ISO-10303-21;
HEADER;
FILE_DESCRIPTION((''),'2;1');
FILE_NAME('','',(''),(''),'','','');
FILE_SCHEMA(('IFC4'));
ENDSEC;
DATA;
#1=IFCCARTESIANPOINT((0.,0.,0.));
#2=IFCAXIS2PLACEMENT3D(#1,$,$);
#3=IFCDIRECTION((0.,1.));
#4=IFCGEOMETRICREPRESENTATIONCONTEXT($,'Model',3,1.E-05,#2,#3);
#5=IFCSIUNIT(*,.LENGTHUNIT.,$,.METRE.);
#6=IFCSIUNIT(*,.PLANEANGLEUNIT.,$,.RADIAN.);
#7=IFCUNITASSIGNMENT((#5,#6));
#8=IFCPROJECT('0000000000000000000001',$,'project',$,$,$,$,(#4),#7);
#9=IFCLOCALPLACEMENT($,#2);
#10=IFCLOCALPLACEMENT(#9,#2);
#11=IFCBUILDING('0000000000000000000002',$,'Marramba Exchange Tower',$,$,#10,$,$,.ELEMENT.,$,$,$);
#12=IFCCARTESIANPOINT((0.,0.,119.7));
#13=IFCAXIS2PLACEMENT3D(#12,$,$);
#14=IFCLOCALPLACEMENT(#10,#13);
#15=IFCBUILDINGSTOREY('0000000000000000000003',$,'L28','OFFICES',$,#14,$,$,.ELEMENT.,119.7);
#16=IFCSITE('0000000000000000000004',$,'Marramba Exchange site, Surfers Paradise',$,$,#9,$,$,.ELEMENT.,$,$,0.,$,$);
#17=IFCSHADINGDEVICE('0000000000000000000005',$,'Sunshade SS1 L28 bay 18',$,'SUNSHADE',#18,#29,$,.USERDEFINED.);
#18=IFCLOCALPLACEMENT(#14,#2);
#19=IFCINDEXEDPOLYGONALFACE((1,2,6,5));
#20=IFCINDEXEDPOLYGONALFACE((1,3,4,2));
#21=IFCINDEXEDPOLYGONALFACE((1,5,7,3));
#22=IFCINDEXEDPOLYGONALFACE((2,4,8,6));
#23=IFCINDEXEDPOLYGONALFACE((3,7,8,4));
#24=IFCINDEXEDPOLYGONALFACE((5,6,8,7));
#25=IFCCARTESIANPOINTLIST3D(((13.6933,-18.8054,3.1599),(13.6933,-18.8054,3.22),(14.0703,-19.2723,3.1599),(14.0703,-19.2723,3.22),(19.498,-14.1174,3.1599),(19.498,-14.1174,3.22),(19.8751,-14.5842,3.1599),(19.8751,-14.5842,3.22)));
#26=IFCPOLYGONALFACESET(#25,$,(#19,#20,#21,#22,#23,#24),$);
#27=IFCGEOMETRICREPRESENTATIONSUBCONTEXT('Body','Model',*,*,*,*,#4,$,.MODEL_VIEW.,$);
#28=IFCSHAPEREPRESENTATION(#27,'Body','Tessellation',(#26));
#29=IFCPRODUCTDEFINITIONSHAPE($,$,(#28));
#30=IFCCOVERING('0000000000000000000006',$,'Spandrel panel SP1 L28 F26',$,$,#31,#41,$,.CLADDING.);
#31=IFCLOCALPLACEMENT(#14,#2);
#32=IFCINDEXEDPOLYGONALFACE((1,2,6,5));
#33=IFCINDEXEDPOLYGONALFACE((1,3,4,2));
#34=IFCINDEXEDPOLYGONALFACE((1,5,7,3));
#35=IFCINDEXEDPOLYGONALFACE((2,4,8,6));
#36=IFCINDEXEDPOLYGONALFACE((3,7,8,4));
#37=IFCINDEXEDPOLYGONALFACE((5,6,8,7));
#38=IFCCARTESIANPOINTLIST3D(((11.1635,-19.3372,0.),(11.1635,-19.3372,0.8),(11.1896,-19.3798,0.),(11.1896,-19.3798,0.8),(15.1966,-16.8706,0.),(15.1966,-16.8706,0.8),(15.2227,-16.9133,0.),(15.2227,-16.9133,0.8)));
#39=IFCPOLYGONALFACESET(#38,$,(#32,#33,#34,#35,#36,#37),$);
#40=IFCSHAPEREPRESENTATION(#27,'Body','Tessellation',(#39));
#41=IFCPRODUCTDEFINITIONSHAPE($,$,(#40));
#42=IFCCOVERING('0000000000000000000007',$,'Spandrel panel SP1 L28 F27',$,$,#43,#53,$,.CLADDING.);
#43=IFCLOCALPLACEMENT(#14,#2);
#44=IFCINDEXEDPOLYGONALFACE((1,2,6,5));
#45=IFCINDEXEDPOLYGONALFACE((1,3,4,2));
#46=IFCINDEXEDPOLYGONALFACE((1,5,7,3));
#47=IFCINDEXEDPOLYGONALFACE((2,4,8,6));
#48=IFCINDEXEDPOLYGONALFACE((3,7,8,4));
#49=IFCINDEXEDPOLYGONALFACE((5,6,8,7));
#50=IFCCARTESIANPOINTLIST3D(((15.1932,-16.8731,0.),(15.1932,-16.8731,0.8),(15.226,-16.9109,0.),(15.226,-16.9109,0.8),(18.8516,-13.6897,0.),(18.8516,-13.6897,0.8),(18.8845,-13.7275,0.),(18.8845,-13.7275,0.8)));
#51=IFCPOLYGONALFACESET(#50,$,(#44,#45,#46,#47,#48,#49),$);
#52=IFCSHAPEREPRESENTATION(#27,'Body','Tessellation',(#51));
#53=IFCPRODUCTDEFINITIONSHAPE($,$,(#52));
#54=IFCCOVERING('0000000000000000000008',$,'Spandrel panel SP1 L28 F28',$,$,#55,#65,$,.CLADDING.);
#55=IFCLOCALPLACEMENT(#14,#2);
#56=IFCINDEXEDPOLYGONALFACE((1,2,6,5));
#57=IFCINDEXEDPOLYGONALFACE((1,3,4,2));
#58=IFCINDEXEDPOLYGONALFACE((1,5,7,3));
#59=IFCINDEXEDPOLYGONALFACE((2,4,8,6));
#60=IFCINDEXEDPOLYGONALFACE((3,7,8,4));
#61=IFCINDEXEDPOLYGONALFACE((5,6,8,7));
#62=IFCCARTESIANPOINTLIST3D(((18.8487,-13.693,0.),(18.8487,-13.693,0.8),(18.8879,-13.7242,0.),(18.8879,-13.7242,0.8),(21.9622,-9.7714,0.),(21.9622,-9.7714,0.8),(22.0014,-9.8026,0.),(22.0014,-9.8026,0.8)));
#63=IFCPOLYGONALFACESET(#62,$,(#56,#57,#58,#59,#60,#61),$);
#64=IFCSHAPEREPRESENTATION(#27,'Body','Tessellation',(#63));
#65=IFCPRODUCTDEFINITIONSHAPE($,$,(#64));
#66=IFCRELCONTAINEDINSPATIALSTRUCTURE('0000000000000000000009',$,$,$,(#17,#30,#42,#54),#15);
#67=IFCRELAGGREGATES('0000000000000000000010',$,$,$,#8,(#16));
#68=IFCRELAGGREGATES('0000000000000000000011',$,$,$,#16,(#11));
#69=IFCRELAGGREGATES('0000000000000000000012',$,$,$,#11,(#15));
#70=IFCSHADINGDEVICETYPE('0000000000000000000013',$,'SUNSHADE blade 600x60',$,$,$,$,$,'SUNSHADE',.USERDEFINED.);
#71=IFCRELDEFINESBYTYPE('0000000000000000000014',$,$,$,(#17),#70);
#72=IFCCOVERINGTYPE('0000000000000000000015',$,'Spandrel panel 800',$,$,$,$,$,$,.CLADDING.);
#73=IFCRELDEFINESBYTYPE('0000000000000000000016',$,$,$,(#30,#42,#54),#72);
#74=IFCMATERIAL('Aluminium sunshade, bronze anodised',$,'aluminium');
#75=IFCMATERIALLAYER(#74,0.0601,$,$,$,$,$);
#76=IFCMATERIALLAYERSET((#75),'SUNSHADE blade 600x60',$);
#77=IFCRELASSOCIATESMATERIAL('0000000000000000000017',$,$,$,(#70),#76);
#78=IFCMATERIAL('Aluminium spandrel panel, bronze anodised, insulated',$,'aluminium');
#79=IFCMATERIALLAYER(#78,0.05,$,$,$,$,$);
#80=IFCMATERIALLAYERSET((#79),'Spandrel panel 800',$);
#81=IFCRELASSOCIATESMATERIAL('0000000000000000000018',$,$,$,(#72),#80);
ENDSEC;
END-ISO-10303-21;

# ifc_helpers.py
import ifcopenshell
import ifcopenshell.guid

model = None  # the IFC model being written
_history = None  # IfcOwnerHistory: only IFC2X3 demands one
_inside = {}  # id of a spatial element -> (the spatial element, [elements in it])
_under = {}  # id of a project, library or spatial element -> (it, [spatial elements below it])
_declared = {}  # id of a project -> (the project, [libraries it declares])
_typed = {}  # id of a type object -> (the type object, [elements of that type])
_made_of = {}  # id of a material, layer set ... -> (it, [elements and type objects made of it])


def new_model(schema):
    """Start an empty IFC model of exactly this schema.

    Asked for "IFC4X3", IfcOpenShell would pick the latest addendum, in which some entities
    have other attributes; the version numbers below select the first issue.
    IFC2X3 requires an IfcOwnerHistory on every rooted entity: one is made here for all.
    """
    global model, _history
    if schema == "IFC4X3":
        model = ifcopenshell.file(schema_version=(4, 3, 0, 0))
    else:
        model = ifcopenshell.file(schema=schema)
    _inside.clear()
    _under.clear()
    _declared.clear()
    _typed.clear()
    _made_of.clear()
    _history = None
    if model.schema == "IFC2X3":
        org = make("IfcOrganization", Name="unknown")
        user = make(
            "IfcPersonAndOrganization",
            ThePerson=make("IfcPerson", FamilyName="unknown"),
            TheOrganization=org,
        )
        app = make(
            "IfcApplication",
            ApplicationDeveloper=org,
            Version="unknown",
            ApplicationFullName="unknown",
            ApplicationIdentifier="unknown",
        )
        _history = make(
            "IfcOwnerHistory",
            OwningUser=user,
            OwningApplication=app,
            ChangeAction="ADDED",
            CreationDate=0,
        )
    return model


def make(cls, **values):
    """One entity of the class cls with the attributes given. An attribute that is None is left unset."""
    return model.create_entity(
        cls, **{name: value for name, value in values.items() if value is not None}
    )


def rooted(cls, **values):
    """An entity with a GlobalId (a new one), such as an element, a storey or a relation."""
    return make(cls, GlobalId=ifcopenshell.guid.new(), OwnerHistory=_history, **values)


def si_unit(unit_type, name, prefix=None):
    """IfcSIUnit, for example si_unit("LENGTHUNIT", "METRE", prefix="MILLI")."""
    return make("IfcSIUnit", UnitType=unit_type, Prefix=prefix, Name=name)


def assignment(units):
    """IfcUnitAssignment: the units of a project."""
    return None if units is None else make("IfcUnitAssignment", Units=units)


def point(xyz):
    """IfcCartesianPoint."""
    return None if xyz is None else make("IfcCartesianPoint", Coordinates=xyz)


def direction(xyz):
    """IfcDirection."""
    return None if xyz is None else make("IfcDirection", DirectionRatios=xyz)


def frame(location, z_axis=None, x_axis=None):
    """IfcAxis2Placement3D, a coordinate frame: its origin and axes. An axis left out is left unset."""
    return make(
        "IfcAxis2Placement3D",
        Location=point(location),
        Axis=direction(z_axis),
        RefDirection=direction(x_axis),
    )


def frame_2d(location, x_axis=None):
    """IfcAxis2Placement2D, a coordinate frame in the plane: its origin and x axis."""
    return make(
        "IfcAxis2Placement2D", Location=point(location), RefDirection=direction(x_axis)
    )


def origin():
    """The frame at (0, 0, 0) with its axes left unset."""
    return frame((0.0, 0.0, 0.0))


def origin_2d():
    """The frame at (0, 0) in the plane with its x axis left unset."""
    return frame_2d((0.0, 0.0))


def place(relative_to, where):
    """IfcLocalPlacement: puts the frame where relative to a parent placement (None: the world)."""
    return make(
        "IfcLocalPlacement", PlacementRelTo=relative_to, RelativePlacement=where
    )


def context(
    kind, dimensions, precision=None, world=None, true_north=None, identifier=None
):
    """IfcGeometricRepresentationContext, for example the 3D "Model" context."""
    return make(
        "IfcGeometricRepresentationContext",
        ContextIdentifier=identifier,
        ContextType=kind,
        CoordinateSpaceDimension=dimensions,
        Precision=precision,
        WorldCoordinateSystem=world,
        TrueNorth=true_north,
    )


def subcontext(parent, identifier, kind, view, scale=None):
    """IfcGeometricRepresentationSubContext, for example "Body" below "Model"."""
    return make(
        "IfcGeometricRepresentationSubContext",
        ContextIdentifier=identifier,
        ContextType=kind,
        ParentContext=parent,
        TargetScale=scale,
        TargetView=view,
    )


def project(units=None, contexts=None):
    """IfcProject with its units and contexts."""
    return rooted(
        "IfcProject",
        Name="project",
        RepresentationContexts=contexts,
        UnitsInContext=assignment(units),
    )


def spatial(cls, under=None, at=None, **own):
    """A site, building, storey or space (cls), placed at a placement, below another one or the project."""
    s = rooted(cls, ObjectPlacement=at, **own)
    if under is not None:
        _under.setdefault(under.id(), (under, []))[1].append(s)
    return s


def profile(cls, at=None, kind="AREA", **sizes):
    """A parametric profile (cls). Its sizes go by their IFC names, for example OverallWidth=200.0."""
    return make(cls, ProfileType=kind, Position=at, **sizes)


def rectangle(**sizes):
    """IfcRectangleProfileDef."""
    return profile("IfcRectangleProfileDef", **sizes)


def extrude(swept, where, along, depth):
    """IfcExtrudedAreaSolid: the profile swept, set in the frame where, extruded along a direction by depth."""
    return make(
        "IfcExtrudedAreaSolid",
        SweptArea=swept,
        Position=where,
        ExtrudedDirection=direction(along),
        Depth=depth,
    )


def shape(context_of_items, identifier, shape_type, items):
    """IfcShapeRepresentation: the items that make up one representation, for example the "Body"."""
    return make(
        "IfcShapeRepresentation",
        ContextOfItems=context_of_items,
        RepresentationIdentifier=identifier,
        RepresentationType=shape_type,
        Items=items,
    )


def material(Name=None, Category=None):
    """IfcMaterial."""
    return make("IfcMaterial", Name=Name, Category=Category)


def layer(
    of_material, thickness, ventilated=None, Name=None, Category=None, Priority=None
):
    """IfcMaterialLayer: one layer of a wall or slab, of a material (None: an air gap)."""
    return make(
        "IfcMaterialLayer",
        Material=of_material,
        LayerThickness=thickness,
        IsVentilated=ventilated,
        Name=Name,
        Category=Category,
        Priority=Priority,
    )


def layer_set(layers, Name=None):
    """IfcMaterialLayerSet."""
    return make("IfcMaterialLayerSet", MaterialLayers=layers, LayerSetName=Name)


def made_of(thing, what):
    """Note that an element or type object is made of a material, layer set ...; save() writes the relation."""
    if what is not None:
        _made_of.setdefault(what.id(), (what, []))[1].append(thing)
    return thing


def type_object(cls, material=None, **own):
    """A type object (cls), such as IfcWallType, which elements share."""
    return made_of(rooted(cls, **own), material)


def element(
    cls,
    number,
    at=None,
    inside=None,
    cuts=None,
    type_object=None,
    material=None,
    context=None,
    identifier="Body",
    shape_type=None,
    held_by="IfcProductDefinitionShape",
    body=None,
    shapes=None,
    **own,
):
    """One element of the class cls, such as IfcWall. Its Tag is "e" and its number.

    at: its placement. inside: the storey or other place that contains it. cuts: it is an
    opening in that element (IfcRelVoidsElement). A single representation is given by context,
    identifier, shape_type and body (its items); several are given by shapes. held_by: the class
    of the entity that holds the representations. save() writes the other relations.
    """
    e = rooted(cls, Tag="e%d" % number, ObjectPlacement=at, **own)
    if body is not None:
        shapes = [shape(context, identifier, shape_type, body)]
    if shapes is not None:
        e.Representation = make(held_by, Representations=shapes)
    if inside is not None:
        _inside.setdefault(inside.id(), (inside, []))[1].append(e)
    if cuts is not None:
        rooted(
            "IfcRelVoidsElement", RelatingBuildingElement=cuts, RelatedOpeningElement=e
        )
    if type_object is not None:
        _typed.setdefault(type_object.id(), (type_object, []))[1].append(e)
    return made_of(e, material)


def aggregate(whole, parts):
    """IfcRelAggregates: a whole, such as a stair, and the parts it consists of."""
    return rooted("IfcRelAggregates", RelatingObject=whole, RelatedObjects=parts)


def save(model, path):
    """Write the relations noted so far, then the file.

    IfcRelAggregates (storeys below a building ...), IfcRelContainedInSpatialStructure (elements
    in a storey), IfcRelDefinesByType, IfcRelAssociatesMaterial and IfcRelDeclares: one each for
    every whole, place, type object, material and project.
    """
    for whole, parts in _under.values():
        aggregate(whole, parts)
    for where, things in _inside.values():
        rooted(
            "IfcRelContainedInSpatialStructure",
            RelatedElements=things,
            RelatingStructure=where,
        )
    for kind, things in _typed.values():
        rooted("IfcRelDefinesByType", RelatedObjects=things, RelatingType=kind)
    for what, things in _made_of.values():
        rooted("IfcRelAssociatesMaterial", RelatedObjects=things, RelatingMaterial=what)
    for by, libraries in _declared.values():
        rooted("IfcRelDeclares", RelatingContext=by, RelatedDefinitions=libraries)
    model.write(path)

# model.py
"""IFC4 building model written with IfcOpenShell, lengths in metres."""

from ifc_helpers import new_model, si_unit, direction, frame, origin, origin_2d, place, context, subcontext, project, spatial, rectangle, extrude, material, layer, layer_set, type_object, element, save


model = new_model("IFC4")

# Units and contexts
model_context = context("Model", 3, precision=1e-05, world=origin(), true_north=direction((0.0, 1.0)))
body_context = subcontext(model_context, "Body", "Model", "MODEL_VIEW")
ifc_project = project(units=[si_unit("LENGTHUNIT", "METRE"), si_unit("PLANEANGLEUNIT", "RADIAN")], contexts=[model_context])

# Site, building, storey
site_placement = place(None, origin())
site = spatial("IfcSite", under=ifc_project, at=site_placement, Name="Marramba Exchange site, Surfers Paradise", CompositionType="ELEMENT", RefElevation=0.0)
building_placement = place(site_placement, origin())
building = spatial("IfcBuilding", under=site, at=building_placement, Name="Marramba Exchange Tower", CompositionType="ELEMENT")
storey_placement = place(building_placement, frame((0.0, 0.0, 119.7)))
storey = spatial("IfcBuildingStorey", under=building, at=storey_placement, Name="L28", Description="OFFICES", CompositionType="ELEMENT", Elevation=119.7)

# Shading device
ifc_material_1 = material(Name="Aluminium sunshade, bronze anodised", Category="aluminium")
ifc_layer_1 = layer(ifc_material_1, 0.0601)
ifc_layer_set_1 = layer_set([ifc_layer_1], Name="SUNSHADE blade 600x60")
shading_device_type_1 = type_object("IfcShadingDeviceType", Name="SUNSHADE blade 600x60", ElementType="SUNSHADE", PredefinedType="USERDEFINED", material=ifc_layer_set_1)
shading_device_placement = place(storey_placement, frame((16.7842, -16.6948, 3.1599), z_axis=(0.0, 0.0, 1.0), x_axis=(0.777962, 0.628311, 0.0)))
element("IfcShadingDevice", 1, at=shading_device_placement, inside=storey, type_object=shading_device_type_1, Name="Sunshade SS1 L28 bay 18", ObjectType="SUNSHADE", PredefinedType="USERDEFINED", context=body_context, shape_type="SweptSolid", body=[
    extrude(rectangle(XDim=7.4614, YDim=0.6001, at=origin_2d()), origin(), (0.0, 0.0, 1.0), 0.0601),
])

# Coverings
ifc_material_2 = material(Name="Aluminium spandrel panel, bronze anodised, insulated", Category="aluminium")
ifc_layer_2 = layer(ifc_material_2, 0.05)
ifc_layer_set_2 = layer_set([ifc_layer_2], Name="Spandrel panel 800")
covering_type = type_object("IfcCoveringType", Name="Spandrel panel 800", PredefinedType="CLADDING", material=ifc_layer_set_2)
covering_1_placement = place(storey_placement, frame((13.1931, -18.1252, 0.0), z_axis=(0.0, 0.0, 1.0), x_axis=(0.853109, 0.521733, 0.0)))
element("IfcCovering", 2, at=covering_1_placement, inside=storey, type_object=covering_type, Name="Spandrel panel SP1 L28 F26", PredefinedType="CLADDING", context=body_context, shape_type="SweptSolid", body=[
    extrude(rectangle(XDim=4.7275, YDim=0.05, at=origin_2d()), origin(), (0.0, 0.0, 1.0), 0.8),
])
covering_2_placement = place(storey_placement, frame((17.0388, -15.3003, 0.0), z_axis=(0.0, 0.0, 1.0), x_axis=(0.754386, 0.656432, 0.0)))
element("IfcCovering", 3, at=covering_2_placement, inside=storey, type_object=covering_type, Name="Spandrel panel SP1 L28 F27", PredefinedType="CLADDING", context=body_context, shape_type="SweptSolid", body=[
    extrude(rectangle(XDim=4.8496, YDim=0.05, at=origin_2d()), origin(), (0.0, 0.0, 1.0), 0.8),
])
covering_3_placement = place(storey_placement, frame((20.425, -11.7478, 0.0), z_axis=(0.0, 0.0, 1.0), x_axis=(0.621807, 0.78317, 0.0)))
element("IfcCovering", 4, at=covering_3_placement, inside=storey, type_object=covering_type, Name="Spandrel panel SP1 L28 F28", PredefinedType="CLADDING", context=body_context, shape_type="SweptSolid", body=[
    extrude(rectangle(XDim=5.0073, YDim=0.05, at=origin_2d()), origin(), (0.0, 0.0, 1.0), 0.8),
])

save(model, "model.ifc")
